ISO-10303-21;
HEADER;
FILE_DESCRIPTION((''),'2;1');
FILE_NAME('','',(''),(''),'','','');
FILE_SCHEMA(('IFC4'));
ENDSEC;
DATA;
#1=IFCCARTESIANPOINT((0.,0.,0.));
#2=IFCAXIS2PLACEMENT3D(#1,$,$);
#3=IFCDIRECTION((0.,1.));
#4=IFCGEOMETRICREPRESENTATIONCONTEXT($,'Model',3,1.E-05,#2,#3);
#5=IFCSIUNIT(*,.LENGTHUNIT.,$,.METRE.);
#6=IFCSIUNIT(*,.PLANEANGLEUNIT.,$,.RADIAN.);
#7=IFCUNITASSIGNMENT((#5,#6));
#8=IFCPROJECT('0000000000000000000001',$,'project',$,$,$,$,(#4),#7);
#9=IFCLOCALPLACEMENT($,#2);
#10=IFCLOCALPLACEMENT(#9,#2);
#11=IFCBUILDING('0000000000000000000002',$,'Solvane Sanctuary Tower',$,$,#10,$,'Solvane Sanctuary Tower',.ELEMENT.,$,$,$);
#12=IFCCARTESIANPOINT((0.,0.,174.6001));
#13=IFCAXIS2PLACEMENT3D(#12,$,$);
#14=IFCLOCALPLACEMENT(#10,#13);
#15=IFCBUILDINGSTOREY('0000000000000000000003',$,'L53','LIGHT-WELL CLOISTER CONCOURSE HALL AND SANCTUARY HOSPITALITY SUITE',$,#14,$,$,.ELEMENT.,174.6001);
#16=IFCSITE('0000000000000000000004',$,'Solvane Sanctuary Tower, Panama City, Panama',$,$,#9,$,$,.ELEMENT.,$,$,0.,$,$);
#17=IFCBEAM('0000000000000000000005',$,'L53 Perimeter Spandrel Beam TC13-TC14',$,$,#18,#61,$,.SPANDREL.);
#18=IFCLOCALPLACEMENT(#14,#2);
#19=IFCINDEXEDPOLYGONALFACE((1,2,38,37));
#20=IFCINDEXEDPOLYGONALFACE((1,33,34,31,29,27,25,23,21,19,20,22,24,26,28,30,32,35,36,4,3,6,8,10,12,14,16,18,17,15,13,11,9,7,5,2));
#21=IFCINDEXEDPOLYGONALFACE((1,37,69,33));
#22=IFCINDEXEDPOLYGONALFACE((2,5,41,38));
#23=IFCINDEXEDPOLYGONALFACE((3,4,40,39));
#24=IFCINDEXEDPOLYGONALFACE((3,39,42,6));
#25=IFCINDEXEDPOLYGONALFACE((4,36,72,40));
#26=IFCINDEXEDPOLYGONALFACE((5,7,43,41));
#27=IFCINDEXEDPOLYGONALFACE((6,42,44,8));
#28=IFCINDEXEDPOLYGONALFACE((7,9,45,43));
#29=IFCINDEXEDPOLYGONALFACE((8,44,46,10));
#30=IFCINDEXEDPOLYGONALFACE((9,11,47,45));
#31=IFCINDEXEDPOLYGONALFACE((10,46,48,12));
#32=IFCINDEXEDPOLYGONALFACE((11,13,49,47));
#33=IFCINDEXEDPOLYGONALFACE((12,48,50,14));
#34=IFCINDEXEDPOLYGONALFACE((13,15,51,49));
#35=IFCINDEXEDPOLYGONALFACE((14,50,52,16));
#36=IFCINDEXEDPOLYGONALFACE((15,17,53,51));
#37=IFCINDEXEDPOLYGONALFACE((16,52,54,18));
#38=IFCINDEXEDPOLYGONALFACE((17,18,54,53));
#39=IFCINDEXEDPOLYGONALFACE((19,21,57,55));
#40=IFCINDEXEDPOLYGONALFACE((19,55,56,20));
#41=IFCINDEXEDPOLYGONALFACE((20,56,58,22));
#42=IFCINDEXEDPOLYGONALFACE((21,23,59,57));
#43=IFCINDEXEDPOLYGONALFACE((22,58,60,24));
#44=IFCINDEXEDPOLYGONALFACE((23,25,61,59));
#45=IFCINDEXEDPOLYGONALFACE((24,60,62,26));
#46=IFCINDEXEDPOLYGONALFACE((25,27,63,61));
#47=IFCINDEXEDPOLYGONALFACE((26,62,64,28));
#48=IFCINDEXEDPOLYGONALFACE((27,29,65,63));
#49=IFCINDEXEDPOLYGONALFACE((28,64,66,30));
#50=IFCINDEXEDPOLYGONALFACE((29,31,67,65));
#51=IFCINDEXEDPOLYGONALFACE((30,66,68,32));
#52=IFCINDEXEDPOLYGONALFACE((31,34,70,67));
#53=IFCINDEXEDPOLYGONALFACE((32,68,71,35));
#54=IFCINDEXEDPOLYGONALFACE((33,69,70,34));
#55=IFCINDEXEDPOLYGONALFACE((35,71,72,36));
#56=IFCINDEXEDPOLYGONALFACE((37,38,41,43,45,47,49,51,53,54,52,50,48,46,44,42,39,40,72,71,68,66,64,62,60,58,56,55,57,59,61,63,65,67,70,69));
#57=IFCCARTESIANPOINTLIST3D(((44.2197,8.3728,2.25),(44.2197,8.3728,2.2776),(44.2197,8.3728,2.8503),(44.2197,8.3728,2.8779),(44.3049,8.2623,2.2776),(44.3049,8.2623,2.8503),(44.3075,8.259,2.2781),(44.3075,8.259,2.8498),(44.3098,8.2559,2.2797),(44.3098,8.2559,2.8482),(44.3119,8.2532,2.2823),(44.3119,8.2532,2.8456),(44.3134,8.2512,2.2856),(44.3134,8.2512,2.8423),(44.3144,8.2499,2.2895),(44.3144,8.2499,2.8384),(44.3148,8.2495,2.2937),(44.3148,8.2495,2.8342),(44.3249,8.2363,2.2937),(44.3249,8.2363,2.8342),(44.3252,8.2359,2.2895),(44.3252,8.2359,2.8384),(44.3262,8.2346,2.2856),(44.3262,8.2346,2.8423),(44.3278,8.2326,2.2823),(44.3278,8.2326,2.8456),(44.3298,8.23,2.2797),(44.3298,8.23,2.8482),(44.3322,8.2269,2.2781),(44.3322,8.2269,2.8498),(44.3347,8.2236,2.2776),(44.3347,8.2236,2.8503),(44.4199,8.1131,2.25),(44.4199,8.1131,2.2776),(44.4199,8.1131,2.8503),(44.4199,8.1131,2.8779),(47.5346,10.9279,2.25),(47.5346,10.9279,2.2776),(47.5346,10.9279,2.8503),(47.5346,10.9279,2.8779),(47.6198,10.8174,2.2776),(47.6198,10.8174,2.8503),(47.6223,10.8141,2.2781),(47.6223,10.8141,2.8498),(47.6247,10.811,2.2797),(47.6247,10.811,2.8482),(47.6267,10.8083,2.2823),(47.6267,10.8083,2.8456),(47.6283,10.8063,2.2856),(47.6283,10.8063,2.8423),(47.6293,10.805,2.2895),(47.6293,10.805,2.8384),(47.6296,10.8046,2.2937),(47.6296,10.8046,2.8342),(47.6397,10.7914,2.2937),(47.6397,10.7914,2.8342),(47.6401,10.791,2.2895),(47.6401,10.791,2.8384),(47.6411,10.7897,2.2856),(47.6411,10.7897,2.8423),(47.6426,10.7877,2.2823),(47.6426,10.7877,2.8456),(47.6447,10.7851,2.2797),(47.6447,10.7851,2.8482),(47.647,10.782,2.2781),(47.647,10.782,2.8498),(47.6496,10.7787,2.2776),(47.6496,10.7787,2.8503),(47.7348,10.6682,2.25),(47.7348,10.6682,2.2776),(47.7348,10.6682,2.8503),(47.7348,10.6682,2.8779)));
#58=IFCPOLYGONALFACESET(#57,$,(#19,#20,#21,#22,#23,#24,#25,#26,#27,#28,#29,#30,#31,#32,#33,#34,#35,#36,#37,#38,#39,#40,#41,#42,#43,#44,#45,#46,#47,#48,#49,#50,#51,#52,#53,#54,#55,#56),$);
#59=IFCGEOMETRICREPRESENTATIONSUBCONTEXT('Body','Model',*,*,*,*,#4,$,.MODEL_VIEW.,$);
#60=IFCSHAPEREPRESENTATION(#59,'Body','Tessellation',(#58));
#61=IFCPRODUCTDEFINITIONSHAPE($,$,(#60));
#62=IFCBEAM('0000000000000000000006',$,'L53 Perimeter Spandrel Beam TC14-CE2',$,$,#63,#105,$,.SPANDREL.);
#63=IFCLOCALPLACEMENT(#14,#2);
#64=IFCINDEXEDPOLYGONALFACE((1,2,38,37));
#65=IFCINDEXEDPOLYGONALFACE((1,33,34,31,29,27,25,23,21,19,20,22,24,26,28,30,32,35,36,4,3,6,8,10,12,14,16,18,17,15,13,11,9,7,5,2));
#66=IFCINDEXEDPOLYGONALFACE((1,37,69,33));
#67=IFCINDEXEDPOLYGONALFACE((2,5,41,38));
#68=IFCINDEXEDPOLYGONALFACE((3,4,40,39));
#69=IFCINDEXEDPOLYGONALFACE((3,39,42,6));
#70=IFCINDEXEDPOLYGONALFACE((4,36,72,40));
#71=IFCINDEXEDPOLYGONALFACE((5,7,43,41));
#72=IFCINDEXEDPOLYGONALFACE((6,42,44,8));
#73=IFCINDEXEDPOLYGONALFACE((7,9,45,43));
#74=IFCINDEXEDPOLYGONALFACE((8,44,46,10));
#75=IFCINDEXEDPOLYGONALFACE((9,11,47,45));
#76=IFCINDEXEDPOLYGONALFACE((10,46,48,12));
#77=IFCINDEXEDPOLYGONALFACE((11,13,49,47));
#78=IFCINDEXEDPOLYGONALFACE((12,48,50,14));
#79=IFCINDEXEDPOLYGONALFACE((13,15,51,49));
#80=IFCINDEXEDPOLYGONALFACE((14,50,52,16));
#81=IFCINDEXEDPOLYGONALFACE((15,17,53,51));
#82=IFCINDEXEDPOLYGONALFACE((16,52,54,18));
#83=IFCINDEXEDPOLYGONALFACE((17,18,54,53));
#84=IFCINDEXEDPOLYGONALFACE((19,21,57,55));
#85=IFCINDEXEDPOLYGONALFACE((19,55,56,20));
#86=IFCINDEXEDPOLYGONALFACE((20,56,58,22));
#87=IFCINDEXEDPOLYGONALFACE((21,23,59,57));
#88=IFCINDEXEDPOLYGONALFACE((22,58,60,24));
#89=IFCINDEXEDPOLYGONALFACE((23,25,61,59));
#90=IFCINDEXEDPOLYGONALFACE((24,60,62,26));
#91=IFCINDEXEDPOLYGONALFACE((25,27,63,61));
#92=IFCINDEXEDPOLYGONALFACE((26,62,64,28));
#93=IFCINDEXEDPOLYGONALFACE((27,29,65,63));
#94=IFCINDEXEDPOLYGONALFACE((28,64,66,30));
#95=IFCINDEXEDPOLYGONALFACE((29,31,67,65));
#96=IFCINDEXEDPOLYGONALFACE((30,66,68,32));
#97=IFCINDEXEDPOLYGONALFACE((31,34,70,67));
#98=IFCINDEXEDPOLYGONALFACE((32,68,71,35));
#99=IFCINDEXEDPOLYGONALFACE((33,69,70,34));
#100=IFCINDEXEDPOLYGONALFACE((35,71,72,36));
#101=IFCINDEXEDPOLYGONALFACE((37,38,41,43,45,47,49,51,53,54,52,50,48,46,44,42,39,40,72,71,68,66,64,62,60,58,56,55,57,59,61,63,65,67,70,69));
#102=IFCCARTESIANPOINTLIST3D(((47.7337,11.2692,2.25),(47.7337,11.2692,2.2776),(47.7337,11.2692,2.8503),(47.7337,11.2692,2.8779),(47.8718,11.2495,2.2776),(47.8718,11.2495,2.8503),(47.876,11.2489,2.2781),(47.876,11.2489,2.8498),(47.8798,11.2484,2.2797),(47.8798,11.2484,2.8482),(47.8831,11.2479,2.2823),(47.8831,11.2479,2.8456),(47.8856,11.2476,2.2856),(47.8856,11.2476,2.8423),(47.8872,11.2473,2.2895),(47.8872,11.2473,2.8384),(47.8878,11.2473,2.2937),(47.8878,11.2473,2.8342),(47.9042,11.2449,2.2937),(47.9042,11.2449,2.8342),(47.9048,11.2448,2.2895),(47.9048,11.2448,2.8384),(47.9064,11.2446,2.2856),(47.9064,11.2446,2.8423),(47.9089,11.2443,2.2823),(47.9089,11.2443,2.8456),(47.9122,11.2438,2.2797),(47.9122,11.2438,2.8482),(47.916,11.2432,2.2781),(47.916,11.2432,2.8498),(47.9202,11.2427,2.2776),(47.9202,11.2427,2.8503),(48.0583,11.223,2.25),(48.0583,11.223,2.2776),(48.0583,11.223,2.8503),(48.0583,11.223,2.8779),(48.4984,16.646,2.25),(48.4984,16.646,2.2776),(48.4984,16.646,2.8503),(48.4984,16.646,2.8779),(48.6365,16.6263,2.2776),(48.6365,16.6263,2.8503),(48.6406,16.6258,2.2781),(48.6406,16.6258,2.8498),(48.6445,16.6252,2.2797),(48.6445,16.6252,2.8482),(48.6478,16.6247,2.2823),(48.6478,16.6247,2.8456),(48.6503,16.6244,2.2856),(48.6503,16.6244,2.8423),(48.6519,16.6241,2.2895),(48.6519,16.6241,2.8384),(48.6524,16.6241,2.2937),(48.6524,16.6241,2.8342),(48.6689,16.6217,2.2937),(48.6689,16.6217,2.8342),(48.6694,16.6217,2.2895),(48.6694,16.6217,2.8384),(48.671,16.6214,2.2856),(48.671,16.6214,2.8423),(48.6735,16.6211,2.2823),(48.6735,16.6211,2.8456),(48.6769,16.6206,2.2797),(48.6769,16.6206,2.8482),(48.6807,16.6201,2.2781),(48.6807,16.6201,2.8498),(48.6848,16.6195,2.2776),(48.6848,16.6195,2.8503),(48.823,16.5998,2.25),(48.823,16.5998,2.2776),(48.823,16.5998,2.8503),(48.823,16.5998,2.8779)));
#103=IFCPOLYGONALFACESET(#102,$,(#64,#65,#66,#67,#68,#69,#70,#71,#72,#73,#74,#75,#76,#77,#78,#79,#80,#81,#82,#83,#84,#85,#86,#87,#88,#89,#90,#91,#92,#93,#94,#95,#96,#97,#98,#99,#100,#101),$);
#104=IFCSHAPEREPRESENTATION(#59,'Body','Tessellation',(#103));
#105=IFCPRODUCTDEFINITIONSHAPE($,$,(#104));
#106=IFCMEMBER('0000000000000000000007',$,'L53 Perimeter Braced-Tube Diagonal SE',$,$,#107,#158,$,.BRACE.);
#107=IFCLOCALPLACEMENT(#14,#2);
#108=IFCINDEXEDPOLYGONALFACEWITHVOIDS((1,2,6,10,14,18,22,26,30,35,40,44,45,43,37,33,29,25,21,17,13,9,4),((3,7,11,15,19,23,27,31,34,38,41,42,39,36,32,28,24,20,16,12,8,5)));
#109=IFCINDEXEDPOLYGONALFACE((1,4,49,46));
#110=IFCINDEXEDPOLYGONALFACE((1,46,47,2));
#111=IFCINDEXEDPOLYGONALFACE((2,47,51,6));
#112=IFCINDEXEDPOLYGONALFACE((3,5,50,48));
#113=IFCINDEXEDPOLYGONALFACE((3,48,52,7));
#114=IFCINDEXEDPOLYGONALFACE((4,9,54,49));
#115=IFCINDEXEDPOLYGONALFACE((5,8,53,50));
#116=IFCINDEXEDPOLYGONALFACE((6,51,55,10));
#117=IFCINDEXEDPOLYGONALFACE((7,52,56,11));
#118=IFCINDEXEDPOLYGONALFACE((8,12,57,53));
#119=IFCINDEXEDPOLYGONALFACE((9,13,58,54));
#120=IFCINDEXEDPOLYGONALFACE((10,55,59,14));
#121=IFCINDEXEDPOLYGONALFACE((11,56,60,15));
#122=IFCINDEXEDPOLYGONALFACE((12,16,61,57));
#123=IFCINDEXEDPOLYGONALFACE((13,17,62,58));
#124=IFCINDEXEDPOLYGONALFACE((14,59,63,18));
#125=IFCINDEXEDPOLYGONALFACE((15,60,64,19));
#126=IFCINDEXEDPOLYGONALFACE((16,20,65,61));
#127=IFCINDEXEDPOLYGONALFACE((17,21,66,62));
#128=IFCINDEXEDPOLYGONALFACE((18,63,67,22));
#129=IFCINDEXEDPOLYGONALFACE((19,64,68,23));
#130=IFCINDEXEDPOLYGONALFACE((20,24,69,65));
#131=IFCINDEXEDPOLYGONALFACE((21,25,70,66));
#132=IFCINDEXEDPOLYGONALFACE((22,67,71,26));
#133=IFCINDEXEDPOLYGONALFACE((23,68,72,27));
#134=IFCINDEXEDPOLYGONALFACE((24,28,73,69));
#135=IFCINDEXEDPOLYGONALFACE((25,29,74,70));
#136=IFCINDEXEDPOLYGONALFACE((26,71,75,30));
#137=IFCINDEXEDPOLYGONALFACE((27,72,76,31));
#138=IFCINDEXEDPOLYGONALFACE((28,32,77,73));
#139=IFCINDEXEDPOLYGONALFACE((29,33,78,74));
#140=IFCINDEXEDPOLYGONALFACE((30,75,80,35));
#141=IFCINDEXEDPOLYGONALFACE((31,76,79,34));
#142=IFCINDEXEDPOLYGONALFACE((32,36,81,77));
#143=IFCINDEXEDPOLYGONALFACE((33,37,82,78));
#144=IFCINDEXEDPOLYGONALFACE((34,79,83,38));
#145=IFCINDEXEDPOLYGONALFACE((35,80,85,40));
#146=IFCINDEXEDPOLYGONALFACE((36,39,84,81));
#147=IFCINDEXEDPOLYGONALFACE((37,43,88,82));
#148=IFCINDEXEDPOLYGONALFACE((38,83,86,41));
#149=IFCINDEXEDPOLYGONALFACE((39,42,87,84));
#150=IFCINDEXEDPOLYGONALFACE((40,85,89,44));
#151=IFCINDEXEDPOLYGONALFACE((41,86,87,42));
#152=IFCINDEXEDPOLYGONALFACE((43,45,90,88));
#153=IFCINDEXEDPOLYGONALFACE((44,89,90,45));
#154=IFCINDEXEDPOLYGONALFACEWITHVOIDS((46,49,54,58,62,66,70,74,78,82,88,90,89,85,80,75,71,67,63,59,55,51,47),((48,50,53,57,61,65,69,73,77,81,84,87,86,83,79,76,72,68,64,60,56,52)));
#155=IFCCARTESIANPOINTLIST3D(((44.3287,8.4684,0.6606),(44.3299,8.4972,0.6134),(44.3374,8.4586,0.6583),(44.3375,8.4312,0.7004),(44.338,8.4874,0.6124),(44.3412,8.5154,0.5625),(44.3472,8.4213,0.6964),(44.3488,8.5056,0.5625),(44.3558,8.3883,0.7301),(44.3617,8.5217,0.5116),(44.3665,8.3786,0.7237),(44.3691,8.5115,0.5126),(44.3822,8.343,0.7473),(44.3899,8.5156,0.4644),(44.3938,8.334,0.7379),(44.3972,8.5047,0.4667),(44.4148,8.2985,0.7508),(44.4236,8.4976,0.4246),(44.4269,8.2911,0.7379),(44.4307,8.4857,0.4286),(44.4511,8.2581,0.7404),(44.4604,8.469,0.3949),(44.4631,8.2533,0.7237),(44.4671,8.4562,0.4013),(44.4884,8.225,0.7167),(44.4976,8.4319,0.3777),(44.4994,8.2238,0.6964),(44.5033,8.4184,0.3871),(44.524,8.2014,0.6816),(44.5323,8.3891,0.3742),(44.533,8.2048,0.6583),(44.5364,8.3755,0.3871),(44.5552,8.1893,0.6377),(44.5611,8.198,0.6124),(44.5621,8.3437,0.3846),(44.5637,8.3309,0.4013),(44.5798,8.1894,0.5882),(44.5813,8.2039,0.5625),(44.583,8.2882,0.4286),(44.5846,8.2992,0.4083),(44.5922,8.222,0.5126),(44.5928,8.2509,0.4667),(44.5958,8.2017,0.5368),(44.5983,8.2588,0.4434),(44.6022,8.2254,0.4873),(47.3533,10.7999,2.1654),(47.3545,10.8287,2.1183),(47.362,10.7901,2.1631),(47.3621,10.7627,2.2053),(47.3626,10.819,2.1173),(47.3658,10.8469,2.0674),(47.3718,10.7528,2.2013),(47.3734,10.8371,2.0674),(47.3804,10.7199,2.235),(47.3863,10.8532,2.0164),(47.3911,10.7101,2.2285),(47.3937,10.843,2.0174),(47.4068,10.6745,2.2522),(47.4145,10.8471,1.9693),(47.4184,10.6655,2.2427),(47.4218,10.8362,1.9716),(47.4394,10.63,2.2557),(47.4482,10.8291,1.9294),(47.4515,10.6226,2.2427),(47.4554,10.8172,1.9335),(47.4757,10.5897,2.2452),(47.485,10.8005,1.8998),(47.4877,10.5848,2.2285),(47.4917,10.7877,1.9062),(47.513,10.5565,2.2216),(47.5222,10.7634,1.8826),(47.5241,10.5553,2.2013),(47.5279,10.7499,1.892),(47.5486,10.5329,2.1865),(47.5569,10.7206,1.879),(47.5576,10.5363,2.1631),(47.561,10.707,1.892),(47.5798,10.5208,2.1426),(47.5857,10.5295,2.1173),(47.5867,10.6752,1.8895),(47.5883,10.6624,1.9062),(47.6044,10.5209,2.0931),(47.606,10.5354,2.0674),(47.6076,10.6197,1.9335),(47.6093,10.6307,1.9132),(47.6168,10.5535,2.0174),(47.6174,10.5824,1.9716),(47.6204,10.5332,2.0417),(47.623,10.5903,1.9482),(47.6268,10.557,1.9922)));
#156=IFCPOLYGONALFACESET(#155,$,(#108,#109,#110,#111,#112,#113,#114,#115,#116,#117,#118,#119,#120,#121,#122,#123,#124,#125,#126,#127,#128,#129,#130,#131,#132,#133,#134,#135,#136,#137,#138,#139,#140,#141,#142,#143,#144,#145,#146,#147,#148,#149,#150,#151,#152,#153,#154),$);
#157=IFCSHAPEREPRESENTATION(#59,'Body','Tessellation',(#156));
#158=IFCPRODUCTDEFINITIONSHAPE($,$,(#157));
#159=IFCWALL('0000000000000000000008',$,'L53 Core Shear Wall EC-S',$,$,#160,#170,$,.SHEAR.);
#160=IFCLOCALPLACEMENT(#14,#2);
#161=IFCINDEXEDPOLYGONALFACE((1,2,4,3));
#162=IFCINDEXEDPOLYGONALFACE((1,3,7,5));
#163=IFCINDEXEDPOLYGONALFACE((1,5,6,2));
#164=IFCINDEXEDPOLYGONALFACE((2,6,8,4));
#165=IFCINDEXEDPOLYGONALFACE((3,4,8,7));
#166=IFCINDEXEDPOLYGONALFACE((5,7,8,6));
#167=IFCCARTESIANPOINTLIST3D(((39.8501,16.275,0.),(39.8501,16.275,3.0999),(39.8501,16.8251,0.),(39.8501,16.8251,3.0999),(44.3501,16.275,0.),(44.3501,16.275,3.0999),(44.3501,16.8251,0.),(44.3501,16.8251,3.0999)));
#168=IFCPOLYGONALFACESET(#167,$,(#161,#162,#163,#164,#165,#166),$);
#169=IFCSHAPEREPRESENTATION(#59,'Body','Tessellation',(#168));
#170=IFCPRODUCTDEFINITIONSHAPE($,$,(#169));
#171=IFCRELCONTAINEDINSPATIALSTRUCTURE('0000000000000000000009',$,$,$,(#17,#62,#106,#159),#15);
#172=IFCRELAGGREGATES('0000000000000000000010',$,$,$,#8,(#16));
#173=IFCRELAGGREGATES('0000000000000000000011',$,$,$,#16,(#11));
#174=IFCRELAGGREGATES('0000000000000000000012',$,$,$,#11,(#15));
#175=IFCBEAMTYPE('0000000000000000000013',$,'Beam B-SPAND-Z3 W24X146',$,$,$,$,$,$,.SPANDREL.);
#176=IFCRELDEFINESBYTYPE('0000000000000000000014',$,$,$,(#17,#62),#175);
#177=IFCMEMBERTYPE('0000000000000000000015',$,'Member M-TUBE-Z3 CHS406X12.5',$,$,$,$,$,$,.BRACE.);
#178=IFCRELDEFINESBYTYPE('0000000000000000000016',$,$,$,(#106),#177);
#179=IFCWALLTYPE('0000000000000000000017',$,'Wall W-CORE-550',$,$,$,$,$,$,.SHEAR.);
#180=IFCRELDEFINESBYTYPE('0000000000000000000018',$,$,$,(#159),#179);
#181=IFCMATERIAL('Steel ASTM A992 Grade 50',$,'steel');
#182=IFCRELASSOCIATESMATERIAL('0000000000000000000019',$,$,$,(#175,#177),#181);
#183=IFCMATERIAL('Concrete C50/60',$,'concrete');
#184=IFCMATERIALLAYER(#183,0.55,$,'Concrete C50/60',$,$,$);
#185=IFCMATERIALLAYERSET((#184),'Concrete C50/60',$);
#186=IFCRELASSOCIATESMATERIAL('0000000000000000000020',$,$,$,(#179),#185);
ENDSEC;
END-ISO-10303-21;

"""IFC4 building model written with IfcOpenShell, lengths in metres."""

from ifc_helpers import new_model, si_unit, direction, frame, frame_2d, origin, origin_2d, place, context, subcontext, project, spatial, rectangle, hollow_circle, i_section, extrude, material, layer, layer_set, material_profile, profile_set, type_object, element, save


model = new_model("IFC4")

# Units and contexts
model_context = context("Model", 3, precision=1e-05, world=origin(), true_north=direction((0.0, 1.0)))
body_context = subcontext(model_context, "Body", "Model", "MODEL_VIEW")
ifc_project = project(units=[si_unit("LENGTHUNIT", "METRE"), si_unit("PLANEANGLEUNIT", "RADIAN")], contexts=[model_context])

# Site, building, storey
site_placement = place(None, origin())
site = spatial("IfcSite", under=ifc_project, at=site_placement, Name="Solvane Sanctuary Tower, Panama City, Panama", CompositionType="ELEMENT", RefElevation=0.0)
building_placement = place(site_placement, origin())
building = spatial("IfcBuilding", under=site, at=building_placement, Name="Solvane Sanctuary Tower", LongName="Solvane Sanctuary Tower", CompositionType="ELEMENT")
storey_placement = place(building_placement, frame((0.0, 0.0, 174.6001)))
storey = spatial("IfcBuildingStorey", under=building, at=storey_placement, Name="L53", Description="LIGHT-WELL CLOISTER CONCOURSE HALL AND SANCTUARY HOSPITALITY SUITE", CompositionType="ELEMENT", Elevation=174.6001)

# Beams
ifc_material_1 = material(Name="Steel ASTM A992 Grade 50", Category="steel")
ifc_material_profile_1 = material_profile(ifc_material_1, i_section(OverallWidth=0.3279, OverallDepth=0.6279, WebThickness=0.0166, FlangeThickness=0.0276, FilletRadius=0.0161, at=origin_2d()), Name="W24X146")
ifc_profile_set_1 = profile_set([ifc_material_profile_1], Name="Steel ASTM A992 Grade 50")
beam_type_1 = type_object("IfcBeamType", Name="Beam B-SPAND-Z3 W24X146", PredefinedType="SPANDREL", material=ifc_profile_set_1)
beam_1_placement = place(storey_placement, frame((44.3198, 8.2429, 2.564), z_axis=(0.792021, 0.610494, 0.0), x_axis=(-0.610494, 0.792021, 0.0)))
element("IfcBeam", 1, at=beam_1_placement, inside=storey, type_object=beam_type_1, Name="L53 Perimeter Spandrel Beam TC13-TC14", PredefinedType="SPANDREL", context=body_context, shape_type="SweptSolid", body=[
    extrude(i_section(OverallWidth=0.3279, OverallDepth=0.6279, WebThickness=0.0166, FlangeThickness=0.0276, FilletRadius=0.0161, at=origin_2d()), origin(), (0.0, 0.0, 1.0), 4.1853),
])
beam_2_placement = place(storey_placement, frame((47.896, 11.2461, 2.564), z_axis=(0.140798, 0.990038, 0.0), x_axis=(-0.990038, 0.140798, 0.0)))
element("IfcBeam", 2, at=beam_2_placement, inside=storey, type_object=beam_type_1, Name="L53 Perimeter Spandrel Beam TC14-CE2", PredefinedType="SPANDREL", context=body_context, shape_type="SweptSolid", body=[
    extrude(i_section(OverallWidth=0.3279, OverallDepth=0.6279, WebThickness=0.0166, FlangeThickness=0.0276, FilletRadius=0.0161, at=origin_2d()), origin(), (0.0, 0.0, 1.0), 5.4309),
])

# Member
ifc_material_profile_2 = material_profile(ifc_material_1, hollow_circle(Radius=0.2029, WallThickness=0.0125, at=origin_2d()), Name="CHS406X12.5")
ifc_profile_set_2 = profile_set([ifc_material_profile_2], Name="Steel ASTM A992 Grade 50")
member_type = type_object("IfcMemberType", Name="Member M-TUBE-Z3 CHS406X12.5", PredefinedType="BRACE", material=ifc_profile_set_2)
member_placement = place(storey_placement, frame((44.4651, 8.3547, 0.5625), z_axis=(0.73686, 0.568005, 0.366616), x_axis=(-0.610514, 0.792006, 0.0)))
element("IfcMember", 3, at=member_placement, inside=storey, type_object=member_type, Name="L53 Perimeter Braced-Tube Diagonal SE", PredefinedType="BRACE", context=body_context, shape_type="SweptSolid", body=[
    extrude(hollow_circle(Radius=0.2029, WallThickness=0.0125, at=origin_2d()), origin(), (0.0, 0.0, 1.0), 4.1047),
])

# Wall
ifc_material_2 = material(Name="Concrete C50/60", Category="concrete")
ifc_layer_1 = layer(ifc_material_2, 0.55, Name="Concrete C50/60")
ifc_layer_set_1 = layer_set([ifc_layer_1], Name="Concrete C50/60")
wall_type_1 = type_object("IfcWallType", Name="Wall W-CORE-550", PredefinedType="SHEAR", material=ifc_layer_set_1)
wall_1_placement = place(storey_placement, frame((39.8501, 16.55, 0.0), z_axis=(0.0, 0.0, 1.0), x_axis=(1.0, 0.0, 0.0)))
element("IfcWall", 4, at=wall_1_placement, inside=storey, type_object=wall_type_1, Name="L53 Core Shear Wall EC-S", PredefinedType="SHEAR", context=body_context, shape_type="SweptSolid", body=[
    extrude(rectangle(XDim=4.5, YDim=0.55, at=frame_2d((2.25, 0.0))), origin(), (0.0, 0.0, 1.0), 3.0999),
])

save(model, "model.ifc")
